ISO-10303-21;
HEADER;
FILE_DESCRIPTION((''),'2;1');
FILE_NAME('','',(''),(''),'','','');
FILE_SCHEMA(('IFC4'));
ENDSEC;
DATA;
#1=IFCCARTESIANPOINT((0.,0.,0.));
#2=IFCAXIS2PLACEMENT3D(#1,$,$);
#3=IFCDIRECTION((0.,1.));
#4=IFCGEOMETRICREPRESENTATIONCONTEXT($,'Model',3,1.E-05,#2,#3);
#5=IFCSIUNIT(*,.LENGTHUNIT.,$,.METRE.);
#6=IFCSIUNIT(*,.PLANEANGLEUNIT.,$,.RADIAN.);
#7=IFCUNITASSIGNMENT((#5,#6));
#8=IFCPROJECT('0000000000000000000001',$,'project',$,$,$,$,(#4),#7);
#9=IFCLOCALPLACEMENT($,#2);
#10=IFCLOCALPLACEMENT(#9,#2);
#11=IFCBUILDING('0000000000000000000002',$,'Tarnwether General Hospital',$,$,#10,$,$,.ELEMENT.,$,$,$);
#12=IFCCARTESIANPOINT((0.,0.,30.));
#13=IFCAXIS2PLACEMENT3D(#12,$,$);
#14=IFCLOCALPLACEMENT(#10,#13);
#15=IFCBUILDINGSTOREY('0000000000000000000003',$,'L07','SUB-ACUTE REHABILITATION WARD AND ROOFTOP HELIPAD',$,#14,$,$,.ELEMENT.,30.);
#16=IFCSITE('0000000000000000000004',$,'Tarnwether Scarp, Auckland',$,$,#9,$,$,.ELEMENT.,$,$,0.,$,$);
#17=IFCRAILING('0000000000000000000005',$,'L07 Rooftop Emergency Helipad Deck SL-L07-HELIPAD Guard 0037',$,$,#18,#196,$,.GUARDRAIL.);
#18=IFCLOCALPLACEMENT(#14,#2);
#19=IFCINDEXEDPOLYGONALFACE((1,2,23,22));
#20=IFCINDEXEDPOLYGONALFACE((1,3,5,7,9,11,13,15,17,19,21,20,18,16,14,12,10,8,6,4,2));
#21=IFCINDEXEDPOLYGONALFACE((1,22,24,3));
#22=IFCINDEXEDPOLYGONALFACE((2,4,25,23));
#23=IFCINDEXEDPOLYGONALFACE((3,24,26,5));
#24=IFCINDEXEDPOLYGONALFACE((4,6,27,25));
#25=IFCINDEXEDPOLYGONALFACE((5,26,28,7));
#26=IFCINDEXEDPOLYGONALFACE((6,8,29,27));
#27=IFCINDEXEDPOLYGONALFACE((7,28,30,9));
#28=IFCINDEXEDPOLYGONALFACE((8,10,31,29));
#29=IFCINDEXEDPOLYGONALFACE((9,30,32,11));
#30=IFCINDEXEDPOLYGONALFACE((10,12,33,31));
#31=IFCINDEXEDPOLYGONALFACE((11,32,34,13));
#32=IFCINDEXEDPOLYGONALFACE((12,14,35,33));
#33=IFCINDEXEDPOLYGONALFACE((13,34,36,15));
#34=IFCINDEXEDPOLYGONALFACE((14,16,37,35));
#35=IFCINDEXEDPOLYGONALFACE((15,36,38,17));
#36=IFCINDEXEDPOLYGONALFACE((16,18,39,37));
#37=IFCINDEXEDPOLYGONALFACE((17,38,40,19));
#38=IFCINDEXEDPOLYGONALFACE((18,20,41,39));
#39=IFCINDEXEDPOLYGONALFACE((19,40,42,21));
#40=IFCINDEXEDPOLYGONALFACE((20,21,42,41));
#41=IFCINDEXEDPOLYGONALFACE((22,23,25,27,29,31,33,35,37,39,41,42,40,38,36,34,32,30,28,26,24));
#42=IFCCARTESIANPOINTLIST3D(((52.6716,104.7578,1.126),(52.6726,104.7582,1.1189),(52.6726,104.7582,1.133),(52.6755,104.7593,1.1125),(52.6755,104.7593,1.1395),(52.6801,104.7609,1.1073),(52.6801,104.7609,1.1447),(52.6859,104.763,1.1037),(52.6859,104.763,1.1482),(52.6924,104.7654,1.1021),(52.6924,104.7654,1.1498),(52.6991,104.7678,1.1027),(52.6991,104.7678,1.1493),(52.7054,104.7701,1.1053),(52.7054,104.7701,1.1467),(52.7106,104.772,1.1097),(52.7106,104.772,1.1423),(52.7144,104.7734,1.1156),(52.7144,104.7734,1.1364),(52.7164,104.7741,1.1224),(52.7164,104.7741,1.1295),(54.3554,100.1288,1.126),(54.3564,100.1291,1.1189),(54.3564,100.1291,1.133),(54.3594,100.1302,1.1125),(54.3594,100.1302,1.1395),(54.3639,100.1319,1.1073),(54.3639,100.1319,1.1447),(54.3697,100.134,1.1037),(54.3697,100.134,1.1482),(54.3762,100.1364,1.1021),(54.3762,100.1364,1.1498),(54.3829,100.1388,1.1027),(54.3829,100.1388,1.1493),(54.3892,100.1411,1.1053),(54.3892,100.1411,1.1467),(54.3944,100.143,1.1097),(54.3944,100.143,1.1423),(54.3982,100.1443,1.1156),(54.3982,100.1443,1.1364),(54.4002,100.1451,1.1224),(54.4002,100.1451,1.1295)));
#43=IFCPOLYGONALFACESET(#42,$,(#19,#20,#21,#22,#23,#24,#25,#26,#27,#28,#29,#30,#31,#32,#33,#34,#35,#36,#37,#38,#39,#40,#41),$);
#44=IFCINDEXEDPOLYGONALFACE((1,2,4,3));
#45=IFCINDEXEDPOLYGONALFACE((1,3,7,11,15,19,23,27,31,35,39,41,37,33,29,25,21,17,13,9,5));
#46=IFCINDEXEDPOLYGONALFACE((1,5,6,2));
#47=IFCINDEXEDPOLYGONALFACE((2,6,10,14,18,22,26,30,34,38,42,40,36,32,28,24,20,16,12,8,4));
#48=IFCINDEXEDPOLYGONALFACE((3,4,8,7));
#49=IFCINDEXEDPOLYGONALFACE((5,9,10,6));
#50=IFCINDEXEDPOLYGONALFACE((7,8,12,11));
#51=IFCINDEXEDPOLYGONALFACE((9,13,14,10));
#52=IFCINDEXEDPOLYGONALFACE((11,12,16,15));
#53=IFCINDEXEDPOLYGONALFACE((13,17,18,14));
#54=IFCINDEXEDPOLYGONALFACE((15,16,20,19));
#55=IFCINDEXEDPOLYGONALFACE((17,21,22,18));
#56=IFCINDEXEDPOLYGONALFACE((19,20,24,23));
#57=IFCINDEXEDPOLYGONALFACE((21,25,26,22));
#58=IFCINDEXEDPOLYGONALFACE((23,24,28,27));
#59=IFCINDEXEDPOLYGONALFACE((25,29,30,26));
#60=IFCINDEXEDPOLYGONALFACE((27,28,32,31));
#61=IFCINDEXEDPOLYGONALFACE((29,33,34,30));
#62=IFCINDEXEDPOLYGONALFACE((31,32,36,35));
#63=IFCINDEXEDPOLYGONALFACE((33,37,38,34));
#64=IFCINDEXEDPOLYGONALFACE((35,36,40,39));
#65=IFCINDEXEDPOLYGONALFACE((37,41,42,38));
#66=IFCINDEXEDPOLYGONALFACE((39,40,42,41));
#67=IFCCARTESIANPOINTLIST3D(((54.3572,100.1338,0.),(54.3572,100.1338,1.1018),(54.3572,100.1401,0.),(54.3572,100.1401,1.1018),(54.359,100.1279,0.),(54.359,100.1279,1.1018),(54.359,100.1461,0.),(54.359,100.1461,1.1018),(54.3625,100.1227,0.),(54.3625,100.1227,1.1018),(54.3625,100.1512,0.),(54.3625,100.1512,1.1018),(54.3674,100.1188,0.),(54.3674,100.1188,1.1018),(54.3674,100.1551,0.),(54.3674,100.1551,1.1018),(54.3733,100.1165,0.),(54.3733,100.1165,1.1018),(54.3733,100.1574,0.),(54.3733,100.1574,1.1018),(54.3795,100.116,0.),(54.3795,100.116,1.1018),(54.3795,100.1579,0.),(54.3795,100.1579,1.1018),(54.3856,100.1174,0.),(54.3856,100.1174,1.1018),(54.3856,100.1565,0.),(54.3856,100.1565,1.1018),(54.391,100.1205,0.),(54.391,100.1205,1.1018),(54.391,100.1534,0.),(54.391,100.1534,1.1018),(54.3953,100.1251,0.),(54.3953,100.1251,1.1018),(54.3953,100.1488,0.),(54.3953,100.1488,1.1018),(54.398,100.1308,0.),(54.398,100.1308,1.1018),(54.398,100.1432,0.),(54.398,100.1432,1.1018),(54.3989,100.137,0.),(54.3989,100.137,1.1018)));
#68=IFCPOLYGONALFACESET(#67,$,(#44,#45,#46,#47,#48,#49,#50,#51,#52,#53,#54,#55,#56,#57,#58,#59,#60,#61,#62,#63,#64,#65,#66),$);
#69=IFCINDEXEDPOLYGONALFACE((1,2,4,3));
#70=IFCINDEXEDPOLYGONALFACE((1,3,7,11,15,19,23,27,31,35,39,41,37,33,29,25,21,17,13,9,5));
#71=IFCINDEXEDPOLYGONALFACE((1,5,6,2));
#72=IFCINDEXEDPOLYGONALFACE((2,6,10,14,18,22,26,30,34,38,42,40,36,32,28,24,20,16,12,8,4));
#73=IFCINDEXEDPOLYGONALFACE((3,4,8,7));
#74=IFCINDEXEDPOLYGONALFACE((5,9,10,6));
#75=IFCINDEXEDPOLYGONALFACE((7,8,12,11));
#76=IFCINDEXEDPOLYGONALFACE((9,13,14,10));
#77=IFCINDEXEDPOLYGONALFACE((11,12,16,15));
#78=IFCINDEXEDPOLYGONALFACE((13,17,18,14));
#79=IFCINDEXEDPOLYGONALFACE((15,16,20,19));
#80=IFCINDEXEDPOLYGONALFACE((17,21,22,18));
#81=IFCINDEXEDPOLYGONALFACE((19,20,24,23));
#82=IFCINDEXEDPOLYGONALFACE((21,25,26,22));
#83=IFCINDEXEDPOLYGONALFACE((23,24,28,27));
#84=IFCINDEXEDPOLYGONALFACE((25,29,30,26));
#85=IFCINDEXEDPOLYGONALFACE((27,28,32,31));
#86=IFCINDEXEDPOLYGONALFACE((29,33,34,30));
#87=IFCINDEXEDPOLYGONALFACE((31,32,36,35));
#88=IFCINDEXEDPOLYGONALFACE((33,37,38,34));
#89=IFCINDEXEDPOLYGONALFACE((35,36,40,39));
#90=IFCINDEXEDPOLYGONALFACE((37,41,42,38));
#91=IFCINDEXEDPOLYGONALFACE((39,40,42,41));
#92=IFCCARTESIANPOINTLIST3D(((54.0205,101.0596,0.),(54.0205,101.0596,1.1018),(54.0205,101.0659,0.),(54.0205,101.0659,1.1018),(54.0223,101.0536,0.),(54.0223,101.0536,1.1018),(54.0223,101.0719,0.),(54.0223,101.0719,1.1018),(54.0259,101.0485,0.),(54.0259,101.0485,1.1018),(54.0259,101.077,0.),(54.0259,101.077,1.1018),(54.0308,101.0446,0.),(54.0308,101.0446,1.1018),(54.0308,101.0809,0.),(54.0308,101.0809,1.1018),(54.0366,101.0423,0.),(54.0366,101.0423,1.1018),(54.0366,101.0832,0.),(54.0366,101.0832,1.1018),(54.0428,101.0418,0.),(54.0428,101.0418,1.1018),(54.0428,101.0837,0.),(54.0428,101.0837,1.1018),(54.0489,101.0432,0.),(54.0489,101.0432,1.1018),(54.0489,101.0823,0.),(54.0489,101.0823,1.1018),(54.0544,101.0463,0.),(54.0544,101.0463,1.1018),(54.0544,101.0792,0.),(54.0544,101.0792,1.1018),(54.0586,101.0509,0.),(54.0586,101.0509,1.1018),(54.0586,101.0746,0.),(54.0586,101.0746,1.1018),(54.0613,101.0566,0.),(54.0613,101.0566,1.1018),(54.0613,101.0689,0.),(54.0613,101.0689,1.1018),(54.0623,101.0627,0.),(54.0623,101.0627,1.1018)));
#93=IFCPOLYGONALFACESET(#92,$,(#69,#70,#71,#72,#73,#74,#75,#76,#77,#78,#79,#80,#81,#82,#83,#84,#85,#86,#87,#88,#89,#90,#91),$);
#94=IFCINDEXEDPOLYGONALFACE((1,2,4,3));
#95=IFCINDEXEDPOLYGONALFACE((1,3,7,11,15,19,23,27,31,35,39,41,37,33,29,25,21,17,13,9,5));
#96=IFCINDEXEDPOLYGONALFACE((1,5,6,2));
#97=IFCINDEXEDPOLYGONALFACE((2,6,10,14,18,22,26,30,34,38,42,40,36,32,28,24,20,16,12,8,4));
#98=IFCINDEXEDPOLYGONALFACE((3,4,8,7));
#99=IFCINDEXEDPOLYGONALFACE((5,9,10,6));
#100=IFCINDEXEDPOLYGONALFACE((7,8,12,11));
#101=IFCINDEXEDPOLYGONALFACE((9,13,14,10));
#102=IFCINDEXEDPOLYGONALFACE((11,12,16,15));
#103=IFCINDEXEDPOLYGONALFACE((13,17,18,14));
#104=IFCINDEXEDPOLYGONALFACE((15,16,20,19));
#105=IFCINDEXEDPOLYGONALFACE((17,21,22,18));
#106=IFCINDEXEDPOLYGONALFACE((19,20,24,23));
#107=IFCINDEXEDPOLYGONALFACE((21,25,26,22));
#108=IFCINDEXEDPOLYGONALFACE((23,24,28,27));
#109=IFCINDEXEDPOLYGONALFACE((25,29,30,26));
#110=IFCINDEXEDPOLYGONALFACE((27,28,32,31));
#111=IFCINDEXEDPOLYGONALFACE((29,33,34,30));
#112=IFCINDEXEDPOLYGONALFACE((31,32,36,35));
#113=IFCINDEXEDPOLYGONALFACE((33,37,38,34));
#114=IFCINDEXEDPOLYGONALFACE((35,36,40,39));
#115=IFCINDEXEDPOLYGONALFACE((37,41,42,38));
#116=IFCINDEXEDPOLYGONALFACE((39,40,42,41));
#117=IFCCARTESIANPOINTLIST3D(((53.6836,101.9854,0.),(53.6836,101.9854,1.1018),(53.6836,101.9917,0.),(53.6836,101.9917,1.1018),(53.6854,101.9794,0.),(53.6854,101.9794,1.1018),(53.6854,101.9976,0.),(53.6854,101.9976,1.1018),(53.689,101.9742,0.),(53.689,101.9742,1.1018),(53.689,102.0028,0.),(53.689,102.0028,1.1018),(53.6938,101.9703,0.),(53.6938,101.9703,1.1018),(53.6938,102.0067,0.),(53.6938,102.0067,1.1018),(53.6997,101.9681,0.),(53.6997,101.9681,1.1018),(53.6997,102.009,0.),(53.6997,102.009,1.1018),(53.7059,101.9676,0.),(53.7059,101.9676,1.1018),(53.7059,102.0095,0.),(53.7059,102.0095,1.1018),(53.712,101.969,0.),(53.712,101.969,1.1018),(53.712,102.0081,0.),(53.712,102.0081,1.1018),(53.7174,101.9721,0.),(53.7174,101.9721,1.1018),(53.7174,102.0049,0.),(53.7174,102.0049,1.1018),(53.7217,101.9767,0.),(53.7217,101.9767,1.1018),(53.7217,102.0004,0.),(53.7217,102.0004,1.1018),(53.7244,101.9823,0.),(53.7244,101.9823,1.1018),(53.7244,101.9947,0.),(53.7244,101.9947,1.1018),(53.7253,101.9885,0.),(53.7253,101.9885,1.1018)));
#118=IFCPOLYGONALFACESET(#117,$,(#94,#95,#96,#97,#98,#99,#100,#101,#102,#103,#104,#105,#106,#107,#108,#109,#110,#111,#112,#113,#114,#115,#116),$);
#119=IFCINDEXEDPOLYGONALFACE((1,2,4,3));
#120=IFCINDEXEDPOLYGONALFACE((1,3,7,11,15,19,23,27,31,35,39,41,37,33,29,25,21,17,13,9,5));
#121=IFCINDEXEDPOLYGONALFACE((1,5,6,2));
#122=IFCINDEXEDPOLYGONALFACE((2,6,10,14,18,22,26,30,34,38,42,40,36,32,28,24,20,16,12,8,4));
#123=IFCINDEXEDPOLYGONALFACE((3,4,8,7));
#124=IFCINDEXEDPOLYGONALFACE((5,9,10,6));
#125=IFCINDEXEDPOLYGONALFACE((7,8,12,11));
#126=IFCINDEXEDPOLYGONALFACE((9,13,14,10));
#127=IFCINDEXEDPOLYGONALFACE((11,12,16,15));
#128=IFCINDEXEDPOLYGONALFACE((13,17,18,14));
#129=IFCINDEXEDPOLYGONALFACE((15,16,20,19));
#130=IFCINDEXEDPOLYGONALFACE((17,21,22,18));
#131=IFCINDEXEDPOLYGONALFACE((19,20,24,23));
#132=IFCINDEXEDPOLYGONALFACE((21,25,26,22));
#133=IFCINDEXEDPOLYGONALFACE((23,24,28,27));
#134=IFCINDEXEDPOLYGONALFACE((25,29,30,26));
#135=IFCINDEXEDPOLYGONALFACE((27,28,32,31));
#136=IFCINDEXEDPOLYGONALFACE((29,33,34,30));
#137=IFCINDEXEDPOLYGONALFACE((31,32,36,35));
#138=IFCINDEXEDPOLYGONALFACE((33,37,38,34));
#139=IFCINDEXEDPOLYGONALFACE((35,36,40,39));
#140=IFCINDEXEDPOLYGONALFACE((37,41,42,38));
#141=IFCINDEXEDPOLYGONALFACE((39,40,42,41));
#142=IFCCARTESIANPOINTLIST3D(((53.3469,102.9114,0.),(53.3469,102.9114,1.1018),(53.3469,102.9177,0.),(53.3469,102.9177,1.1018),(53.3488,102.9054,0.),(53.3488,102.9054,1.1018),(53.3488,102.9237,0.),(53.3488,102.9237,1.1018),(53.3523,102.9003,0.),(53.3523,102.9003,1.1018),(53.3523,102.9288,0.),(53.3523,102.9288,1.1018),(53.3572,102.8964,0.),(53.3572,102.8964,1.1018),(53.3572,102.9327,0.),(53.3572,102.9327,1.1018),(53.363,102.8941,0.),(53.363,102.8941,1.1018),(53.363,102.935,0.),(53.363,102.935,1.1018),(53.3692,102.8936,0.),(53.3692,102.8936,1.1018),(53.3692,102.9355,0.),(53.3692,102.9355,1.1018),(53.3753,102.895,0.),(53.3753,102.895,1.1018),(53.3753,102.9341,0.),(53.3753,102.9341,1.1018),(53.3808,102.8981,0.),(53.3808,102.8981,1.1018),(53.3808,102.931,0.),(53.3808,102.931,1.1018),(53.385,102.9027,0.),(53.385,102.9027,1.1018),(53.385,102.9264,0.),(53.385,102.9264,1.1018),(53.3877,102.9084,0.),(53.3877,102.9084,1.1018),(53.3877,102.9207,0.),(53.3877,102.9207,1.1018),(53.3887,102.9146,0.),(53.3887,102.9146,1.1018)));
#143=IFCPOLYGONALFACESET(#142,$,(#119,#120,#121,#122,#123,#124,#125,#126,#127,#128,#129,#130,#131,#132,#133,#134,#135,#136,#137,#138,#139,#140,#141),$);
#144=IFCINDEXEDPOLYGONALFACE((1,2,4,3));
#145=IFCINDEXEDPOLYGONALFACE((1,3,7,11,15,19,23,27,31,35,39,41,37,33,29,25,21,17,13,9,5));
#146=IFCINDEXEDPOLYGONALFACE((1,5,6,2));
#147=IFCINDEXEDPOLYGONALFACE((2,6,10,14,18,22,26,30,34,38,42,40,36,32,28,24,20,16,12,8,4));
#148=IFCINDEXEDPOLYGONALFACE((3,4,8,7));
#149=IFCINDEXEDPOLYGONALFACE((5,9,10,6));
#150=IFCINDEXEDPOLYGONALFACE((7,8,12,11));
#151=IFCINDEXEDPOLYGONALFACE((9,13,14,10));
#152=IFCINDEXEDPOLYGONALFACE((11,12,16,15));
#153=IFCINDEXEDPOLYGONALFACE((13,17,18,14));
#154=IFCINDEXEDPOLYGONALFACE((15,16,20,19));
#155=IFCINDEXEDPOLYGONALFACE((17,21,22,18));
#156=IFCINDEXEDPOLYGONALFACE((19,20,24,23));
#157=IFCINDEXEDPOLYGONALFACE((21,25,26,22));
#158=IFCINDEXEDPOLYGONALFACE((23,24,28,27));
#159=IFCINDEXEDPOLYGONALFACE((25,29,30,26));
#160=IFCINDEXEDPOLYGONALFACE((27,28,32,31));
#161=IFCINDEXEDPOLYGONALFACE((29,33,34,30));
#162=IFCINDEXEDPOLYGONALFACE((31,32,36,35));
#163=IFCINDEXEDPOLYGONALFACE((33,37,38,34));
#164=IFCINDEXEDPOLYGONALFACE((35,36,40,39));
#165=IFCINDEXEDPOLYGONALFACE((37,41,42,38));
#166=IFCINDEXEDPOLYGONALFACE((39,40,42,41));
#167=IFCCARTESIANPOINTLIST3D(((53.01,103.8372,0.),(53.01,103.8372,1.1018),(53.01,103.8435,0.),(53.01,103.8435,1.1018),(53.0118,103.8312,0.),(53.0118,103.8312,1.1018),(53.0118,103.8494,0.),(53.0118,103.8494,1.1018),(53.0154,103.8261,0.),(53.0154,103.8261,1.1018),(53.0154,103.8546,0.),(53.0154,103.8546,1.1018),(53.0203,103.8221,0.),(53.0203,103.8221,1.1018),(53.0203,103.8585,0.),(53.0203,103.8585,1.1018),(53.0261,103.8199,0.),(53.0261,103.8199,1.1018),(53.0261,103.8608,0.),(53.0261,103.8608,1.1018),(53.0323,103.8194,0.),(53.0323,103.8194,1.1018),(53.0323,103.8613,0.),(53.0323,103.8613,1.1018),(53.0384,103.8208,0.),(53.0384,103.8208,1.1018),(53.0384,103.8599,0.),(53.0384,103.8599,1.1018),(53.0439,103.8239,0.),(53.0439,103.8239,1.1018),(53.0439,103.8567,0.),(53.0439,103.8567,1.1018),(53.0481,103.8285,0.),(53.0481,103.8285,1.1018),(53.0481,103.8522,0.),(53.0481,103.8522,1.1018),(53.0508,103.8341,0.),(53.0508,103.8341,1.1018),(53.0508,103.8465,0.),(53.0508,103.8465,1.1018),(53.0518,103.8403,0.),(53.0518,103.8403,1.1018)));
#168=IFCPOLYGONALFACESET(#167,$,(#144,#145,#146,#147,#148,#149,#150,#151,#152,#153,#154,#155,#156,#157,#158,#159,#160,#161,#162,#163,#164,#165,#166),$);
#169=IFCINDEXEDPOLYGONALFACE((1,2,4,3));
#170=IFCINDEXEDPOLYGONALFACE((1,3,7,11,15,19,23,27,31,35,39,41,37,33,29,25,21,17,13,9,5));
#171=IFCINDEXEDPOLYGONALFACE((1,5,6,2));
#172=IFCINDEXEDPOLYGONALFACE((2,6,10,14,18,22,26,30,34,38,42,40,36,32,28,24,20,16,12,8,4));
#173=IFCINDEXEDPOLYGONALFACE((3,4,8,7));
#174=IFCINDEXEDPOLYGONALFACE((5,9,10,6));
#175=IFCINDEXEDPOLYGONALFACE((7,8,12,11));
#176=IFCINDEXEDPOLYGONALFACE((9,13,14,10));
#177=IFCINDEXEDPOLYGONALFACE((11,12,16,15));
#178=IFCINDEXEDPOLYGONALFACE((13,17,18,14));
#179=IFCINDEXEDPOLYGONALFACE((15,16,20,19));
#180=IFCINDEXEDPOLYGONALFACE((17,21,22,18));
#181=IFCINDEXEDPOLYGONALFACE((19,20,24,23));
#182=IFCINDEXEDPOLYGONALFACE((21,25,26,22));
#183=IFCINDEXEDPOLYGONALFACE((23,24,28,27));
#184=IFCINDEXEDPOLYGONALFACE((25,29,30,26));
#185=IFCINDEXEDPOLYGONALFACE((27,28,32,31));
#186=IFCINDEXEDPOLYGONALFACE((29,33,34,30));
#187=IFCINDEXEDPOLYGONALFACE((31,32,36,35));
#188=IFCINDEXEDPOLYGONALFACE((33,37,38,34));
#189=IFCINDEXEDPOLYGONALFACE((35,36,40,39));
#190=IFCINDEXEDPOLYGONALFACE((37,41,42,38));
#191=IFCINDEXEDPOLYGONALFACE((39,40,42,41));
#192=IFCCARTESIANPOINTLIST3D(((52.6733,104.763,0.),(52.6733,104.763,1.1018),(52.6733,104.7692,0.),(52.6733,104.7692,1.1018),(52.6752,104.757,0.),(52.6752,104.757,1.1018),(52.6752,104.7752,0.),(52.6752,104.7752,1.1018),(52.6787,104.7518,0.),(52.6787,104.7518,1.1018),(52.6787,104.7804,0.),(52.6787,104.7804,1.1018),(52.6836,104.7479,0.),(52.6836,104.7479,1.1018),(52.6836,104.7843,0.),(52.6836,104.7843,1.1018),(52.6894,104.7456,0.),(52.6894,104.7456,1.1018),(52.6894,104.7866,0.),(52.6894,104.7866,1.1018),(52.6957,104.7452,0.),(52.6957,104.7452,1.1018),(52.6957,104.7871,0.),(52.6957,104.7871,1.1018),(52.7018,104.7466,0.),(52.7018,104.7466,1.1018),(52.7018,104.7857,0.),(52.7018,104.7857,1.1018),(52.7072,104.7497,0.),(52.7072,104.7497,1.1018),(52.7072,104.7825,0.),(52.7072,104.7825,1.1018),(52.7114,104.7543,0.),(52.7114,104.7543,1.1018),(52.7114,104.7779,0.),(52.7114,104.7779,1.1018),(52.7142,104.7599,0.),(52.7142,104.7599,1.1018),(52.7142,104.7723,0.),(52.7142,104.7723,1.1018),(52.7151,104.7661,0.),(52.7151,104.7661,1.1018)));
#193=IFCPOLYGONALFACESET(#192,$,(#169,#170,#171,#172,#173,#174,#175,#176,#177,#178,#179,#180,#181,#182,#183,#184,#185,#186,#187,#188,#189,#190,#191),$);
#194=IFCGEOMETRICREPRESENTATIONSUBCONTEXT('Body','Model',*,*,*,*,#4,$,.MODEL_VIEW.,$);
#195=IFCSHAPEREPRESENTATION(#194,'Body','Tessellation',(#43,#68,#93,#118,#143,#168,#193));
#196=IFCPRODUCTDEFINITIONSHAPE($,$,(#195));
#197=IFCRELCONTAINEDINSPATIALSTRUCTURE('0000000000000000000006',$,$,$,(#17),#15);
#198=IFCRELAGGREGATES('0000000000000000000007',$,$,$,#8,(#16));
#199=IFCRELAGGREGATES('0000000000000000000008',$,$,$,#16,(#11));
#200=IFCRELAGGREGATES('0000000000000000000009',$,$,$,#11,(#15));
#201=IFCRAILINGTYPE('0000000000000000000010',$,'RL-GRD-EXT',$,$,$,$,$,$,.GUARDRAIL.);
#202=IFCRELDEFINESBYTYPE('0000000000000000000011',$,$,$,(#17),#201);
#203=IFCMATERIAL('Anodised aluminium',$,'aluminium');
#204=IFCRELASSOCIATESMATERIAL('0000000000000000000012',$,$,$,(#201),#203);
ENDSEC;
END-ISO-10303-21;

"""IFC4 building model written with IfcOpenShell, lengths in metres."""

from ifc_helpers import new_model, si_unit, direction, frame, origin, origin_2d, place, context, subcontext, project, spatial, circle, extrude, material, type_object, element, save


model = new_model("IFC4")

# Units and contexts
model_context = context("Model", 3, precision=1e-05, world=origin(), true_north=direction((0.0, 1.0)))
body_context = subcontext(model_context, "Body", "Model", "MODEL_VIEW")
ifc_project = project(units=[si_unit("LENGTHUNIT", "METRE"), si_unit("PLANEANGLEUNIT", "RADIAN")], contexts=[model_context])

# Site, building, storey
site_placement = place(None, origin())
site = spatial("IfcSite", under=ifc_project, at=site_placement, Name="Tarnwether Scarp, Auckland", CompositionType="ELEMENT", RefElevation=0.0)
building_placement = place(site_placement, origin())
building = spatial("IfcBuilding", under=site, at=building_placement, Name="Tarnwether General Hospital", CompositionType="ELEMENT")
storey_placement = place(building_placement, frame((0.0, 0.0, 30.0)))
storey = spatial("IfcBuildingStorey", under=building, at=storey_placement, Name="L07", Description="SUB-ACUTE REHABILITATION WARD AND ROOFTOP HELIPAD", CompositionType="ELEMENT", Elevation=30.0)

# Railing
ifc_material_1 = material(Name="Anodised aluminium", Category="aluminium")
railing_type = type_object("IfcRailingType", Name="RL-GRD-EXT", PredefinedType="GUARDRAIL", material=ifc_material_1)
railing_1_placement = place(storey_placement, frame((54.3779, 100.137, 0.0)))
element("IfcRailing", 1, at=railing_1_placement, inside=storey, type_object=railing_type, Name="L07 Rooftop Emergency Helipad Deck SL-L07-HELIPAD Guard 0037", PredefinedType="GUARDRAIL", context=body_context, shape_type="SweptSolid", body=[
    extrude(circle(Radius=0.0239, at=origin_2d()), frame((0.0, 0.0, 1.126), z_axis=(-0.341835, 0.93976, 0.0), x_axis=(-0.93976, -0.341835, 0.0)), (0.0, 0.0, 1.0), 4.9258),
    extrude(circle(Radius=0.021, at=origin_2d()), origin(), (0.0, 0.0, 1.0), 1.1018),
    extrude(circle(Radius=0.021, at=origin_2d()), frame((-0.3367, 0.9258, 0.0)), (0.0, 0.0, 1.0), 1.1018),
    extrude(circle(Radius=0.021, at=origin_2d()), frame((-0.6736, 1.8516, 0.0)), (0.0, 0.0, 1.0), 1.1018),
    extrude(circle(Radius=0.021, at=origin_2d()), frame((-1.0103, 2.7776, 0.0)), (0.0, 0.0, 1.0), 1.1018),
    extrude(circle(Radius=0.021, at=origin_2d()), frame((-1.3472, 3.7034, 0.0)), (0.0, 0.0, 1.0), 1.1018),
    extrude(circle(Radius=0.021, at=origin_2d()), frame((-1.6838, 4.6292, 0.0)), (0.0, 0.0, 1.0), 1.1018),
])

save(model, "model.ifc")
